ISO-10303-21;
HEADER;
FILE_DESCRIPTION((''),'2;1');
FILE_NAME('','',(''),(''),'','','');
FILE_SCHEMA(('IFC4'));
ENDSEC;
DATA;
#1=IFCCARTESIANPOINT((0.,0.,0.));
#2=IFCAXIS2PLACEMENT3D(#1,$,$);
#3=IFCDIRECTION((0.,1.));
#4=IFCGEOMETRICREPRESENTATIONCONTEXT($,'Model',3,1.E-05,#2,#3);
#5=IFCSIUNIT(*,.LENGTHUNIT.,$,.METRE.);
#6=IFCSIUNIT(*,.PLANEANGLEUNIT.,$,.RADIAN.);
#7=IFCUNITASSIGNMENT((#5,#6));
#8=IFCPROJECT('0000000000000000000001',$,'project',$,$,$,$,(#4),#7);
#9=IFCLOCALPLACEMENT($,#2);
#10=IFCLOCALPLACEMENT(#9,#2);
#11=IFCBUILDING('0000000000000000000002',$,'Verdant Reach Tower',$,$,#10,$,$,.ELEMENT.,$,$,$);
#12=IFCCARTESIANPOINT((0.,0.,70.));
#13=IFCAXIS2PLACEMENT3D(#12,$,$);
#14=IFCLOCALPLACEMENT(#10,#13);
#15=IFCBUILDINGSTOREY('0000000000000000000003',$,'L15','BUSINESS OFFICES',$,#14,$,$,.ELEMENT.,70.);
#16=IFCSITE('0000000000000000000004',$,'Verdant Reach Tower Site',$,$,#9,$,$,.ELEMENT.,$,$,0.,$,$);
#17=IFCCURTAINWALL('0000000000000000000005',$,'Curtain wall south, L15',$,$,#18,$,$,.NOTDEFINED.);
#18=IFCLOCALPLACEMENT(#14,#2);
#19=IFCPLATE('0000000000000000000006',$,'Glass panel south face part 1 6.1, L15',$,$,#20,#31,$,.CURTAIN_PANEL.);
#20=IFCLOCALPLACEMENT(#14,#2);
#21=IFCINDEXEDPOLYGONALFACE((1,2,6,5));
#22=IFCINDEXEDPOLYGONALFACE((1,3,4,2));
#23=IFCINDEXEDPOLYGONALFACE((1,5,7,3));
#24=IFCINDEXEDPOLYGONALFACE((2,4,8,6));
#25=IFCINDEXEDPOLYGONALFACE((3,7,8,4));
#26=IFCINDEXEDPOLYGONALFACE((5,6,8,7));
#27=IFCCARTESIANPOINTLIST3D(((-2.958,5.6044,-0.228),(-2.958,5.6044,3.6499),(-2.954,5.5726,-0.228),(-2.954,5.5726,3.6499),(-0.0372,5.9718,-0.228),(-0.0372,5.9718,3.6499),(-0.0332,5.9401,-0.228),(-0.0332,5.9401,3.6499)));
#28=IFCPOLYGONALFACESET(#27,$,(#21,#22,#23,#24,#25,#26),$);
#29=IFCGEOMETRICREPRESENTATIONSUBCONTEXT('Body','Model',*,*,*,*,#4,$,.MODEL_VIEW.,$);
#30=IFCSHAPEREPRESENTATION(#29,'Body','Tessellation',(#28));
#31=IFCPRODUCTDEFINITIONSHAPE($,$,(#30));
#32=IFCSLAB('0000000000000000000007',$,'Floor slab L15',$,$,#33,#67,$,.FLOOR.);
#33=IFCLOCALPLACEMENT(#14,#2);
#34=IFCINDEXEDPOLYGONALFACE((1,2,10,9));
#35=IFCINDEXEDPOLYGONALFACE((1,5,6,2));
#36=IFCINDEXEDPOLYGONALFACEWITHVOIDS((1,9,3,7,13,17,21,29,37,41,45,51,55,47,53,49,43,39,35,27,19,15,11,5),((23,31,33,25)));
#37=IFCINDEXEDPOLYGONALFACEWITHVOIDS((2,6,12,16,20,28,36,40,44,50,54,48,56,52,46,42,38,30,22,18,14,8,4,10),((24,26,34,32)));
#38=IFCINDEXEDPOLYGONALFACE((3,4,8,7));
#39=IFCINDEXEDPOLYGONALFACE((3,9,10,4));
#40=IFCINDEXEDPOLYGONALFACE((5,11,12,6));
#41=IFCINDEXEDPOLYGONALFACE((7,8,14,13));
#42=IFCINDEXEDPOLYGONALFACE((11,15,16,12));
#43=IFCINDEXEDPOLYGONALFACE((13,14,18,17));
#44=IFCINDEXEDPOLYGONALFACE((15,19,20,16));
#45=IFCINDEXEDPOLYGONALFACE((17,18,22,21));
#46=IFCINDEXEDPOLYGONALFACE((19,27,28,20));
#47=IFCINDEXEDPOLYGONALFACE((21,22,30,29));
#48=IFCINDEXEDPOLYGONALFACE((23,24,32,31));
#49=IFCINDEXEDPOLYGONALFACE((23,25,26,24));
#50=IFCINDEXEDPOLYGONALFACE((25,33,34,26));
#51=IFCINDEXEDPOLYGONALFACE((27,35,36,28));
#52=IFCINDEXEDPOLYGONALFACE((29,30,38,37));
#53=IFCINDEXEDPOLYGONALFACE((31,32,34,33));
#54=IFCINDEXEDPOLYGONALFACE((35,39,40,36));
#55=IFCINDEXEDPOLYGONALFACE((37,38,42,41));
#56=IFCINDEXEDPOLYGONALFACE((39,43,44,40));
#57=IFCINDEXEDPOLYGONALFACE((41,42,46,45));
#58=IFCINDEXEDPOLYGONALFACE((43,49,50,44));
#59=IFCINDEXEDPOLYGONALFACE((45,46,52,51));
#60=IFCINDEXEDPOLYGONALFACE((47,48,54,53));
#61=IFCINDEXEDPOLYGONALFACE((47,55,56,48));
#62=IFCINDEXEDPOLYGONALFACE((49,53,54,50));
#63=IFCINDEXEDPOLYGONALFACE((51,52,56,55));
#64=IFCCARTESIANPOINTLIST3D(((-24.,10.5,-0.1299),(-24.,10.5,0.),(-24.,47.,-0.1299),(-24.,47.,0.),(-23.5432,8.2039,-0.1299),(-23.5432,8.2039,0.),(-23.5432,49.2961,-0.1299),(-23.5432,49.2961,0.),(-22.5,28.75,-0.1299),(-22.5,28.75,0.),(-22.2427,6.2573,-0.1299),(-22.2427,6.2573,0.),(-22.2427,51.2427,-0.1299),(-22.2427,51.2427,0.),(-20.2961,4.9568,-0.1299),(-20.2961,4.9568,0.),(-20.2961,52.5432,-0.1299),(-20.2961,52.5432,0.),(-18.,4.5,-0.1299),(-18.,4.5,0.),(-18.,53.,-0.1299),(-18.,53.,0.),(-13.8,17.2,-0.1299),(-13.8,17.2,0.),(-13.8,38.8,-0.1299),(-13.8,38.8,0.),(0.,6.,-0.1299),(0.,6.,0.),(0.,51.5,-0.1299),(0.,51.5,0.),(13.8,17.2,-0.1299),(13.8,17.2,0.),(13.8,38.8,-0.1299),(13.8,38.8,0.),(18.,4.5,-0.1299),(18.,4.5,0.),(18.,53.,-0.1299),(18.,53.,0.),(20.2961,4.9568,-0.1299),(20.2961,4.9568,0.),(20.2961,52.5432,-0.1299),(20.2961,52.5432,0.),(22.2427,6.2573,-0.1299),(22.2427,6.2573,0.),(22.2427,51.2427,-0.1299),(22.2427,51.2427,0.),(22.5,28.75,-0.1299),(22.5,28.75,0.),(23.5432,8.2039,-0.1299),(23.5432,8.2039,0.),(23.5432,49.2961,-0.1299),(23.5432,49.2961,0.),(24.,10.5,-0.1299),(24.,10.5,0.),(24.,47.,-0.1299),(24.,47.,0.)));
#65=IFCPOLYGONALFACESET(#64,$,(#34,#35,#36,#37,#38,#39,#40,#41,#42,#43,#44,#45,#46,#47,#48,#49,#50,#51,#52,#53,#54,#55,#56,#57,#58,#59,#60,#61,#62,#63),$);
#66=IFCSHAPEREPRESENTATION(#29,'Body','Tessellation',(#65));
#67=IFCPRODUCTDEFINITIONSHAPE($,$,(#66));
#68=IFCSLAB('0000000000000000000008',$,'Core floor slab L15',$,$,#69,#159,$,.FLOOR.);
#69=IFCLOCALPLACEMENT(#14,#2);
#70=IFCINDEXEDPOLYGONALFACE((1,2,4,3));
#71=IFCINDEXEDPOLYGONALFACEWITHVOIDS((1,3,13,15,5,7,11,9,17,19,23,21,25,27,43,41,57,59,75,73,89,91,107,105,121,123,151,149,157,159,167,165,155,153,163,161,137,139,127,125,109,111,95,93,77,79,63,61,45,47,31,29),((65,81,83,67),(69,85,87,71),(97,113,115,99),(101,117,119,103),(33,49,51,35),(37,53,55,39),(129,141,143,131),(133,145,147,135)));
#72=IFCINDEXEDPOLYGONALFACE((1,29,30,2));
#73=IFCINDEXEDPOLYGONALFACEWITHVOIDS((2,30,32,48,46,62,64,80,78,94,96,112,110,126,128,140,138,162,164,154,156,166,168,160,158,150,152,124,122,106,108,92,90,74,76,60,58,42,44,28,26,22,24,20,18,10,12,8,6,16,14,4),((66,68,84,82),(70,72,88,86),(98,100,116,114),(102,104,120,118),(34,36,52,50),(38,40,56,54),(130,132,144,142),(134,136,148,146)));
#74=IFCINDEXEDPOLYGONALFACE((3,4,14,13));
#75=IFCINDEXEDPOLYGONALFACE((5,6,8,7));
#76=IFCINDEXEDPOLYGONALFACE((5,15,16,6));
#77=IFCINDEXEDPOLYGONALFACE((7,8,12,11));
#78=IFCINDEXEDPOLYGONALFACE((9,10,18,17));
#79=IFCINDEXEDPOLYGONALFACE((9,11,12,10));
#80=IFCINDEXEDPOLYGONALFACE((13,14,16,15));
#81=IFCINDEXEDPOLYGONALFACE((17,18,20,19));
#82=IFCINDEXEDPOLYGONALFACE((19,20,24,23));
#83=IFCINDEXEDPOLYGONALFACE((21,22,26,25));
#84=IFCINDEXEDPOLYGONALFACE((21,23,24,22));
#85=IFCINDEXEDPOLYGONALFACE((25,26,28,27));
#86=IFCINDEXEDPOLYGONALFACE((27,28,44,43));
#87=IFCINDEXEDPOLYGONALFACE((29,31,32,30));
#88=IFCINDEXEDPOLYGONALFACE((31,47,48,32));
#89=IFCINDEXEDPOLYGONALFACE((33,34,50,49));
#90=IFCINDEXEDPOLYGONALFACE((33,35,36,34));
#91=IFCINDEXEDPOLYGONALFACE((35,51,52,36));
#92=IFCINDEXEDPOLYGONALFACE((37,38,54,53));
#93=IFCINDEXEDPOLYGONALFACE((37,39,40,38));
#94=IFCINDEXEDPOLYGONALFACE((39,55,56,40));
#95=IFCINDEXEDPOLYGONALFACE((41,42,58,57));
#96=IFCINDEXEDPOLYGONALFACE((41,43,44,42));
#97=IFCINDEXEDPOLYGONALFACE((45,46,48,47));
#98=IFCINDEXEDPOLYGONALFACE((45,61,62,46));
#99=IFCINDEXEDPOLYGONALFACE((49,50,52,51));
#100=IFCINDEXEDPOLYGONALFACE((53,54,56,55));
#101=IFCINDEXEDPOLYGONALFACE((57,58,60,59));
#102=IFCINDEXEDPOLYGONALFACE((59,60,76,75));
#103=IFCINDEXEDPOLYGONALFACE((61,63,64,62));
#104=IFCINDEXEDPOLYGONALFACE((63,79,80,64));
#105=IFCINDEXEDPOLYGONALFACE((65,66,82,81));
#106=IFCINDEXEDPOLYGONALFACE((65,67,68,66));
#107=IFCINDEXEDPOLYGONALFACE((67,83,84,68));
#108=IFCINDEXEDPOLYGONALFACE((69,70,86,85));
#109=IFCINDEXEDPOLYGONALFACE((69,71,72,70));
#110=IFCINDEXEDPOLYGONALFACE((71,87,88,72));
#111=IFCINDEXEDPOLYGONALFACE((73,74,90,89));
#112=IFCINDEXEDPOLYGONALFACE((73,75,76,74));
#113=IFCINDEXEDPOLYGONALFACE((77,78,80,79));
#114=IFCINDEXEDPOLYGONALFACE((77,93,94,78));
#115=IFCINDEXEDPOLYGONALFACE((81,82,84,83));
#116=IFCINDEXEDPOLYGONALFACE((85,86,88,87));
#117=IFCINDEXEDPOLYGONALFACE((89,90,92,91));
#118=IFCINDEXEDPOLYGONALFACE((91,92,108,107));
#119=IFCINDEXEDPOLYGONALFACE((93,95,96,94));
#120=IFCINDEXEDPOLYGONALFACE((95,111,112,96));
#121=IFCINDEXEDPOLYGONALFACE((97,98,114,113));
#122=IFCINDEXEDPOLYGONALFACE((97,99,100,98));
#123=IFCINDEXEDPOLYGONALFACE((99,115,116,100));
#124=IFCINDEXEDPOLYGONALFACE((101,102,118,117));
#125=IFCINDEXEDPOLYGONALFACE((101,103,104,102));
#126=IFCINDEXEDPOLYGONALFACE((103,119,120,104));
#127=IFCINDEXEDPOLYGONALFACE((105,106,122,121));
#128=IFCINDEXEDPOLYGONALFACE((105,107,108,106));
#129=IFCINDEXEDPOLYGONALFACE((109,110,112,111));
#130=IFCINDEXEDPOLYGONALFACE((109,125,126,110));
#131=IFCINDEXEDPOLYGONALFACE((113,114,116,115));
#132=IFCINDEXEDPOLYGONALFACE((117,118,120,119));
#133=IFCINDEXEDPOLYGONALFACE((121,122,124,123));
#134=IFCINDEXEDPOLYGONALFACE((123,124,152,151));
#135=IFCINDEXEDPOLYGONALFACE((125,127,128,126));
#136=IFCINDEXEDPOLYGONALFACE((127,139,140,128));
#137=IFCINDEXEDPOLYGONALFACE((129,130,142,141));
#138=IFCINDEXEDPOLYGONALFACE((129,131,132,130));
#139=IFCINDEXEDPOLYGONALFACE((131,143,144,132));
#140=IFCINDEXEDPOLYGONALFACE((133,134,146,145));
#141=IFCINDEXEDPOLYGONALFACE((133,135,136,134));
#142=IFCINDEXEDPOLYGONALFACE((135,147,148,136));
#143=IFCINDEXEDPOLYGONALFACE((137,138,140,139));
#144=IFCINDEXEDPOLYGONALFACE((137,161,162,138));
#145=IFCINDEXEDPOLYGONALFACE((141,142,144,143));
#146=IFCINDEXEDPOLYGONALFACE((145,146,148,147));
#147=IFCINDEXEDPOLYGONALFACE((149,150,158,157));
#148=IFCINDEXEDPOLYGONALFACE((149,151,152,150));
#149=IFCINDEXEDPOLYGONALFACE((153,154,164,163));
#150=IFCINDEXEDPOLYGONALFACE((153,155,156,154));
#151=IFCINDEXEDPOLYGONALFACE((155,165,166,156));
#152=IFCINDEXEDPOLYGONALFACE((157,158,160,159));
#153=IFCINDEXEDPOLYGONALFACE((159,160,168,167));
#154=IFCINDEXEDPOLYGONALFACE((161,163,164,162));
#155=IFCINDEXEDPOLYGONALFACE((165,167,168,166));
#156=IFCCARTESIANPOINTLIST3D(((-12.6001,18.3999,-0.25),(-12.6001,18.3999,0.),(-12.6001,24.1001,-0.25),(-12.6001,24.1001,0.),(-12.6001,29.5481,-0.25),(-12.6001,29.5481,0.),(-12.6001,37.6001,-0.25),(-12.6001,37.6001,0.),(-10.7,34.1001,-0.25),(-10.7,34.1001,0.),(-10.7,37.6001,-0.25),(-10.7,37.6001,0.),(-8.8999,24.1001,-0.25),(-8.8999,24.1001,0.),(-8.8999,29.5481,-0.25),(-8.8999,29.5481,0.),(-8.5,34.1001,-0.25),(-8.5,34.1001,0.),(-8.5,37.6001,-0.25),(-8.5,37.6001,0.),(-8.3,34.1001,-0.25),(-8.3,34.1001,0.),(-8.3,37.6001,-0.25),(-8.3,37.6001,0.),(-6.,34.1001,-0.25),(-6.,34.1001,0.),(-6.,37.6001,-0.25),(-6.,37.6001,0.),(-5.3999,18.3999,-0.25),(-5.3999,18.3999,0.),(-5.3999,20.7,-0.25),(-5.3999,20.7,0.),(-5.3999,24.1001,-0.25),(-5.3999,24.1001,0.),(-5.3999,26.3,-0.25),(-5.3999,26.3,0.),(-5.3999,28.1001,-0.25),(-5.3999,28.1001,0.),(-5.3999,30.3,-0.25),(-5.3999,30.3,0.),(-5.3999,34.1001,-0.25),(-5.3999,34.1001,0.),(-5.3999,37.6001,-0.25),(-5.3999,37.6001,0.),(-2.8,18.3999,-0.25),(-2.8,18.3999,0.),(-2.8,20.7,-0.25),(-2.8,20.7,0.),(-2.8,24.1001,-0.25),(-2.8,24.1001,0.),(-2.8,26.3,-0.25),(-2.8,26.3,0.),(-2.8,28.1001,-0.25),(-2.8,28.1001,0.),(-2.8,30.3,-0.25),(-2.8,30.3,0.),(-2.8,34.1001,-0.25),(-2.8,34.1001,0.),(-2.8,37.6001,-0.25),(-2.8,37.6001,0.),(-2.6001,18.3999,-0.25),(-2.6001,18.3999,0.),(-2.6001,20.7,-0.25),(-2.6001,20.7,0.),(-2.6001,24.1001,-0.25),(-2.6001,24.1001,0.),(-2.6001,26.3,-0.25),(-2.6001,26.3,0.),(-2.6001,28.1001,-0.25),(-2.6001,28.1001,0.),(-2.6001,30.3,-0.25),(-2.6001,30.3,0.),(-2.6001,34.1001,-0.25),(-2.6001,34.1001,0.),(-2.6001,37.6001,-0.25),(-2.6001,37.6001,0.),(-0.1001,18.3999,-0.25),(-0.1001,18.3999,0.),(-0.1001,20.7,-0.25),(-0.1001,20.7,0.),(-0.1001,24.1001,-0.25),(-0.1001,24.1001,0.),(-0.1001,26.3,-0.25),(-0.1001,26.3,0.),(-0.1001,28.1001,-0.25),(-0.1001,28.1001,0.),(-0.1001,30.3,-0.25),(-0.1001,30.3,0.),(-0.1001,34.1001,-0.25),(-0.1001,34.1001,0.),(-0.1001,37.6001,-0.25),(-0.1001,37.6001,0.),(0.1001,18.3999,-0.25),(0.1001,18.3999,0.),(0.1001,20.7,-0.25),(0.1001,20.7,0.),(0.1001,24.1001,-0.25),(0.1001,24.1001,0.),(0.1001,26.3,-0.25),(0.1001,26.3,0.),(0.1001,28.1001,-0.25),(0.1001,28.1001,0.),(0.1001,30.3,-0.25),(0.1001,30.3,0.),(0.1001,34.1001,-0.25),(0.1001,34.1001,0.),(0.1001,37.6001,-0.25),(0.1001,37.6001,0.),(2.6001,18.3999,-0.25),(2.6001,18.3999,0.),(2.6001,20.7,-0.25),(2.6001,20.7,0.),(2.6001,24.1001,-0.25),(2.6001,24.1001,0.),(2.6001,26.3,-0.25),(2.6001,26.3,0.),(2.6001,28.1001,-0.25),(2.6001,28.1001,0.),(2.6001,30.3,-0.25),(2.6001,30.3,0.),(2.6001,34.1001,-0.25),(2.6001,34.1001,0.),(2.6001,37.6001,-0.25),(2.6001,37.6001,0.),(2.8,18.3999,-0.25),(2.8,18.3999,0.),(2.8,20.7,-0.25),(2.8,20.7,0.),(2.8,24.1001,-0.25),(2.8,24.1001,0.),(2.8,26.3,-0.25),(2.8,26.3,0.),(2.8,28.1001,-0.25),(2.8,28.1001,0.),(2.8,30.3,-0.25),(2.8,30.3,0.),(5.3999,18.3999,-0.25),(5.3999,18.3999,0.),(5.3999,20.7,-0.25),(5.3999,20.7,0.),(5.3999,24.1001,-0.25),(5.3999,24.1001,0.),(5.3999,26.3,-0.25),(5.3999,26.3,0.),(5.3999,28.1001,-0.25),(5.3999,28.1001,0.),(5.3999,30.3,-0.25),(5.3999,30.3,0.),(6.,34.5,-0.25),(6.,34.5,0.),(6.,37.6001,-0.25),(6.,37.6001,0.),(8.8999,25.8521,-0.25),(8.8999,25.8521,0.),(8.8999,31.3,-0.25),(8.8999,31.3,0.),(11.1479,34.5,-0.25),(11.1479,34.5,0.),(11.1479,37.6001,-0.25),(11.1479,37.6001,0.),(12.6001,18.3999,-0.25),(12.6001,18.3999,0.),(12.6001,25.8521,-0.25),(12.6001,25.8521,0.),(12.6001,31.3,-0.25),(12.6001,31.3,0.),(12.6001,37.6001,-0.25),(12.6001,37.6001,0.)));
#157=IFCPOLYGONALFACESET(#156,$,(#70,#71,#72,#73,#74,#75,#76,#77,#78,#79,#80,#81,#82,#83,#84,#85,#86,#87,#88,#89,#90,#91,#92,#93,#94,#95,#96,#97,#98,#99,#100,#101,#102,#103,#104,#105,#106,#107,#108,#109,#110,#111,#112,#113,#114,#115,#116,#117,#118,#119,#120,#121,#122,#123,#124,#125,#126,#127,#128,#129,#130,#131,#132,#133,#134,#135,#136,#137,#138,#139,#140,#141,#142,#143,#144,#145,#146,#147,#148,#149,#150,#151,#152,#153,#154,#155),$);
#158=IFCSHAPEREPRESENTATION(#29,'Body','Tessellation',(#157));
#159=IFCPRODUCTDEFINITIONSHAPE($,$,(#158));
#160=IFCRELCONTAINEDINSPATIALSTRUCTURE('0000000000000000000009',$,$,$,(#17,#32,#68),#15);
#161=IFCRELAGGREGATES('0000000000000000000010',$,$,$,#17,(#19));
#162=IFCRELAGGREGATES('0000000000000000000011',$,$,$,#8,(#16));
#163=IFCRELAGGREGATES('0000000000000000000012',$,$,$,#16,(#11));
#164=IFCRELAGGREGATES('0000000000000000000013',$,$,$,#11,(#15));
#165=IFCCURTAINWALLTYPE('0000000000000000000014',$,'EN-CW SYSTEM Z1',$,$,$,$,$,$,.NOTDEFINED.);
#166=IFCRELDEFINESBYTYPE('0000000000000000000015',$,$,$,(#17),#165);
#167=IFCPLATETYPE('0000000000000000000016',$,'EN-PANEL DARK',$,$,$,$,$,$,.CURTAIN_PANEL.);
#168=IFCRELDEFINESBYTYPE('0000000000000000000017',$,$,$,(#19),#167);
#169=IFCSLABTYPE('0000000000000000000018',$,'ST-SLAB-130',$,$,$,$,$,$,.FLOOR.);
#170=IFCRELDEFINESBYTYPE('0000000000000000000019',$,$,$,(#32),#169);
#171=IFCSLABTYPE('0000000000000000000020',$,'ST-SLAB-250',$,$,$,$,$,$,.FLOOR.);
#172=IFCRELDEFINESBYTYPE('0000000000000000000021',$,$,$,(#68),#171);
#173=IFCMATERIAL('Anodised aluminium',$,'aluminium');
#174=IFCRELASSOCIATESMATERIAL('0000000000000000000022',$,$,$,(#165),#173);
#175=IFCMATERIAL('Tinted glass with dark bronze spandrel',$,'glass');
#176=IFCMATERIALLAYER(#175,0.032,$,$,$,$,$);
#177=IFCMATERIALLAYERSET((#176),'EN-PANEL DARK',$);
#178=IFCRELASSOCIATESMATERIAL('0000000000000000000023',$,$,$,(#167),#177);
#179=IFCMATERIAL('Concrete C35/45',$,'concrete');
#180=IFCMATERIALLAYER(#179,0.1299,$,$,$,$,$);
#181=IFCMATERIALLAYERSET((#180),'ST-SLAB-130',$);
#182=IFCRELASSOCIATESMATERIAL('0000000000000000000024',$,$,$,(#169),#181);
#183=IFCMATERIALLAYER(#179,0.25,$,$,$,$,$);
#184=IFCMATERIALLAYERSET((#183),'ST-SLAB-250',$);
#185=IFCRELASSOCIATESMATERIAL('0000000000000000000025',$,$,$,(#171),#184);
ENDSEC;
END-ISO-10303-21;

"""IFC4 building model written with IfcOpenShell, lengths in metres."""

from ifc_helpers import new_model, si_unit, direction, frame, origin, origin_2d, place, context, subcontext, project, spatial, polyline, rectangle, outline, extrude, material, layer, layer_set, type_object, element, aggregate, save


model = new_model("IFC4")

# Units and contexts
model_context = context("Model", 3, precision=1e-05, world=origin(), true_north=direction((0.0, 1.0)))
body_context = subcontext(model_context, "Body", "Model", "MODEL_VIEW")
ifc_project = project(units=[si_unit("LENGTHUNIT", "METRE"), si_unit("PLANEANGLEUNIT", "RADIAN")], contexts=[model_context])

# Site, building, storey
site_placement = place(None, origin())
site = spatial("IfcSite", under=ifc_project, at=site_placement, Name="Verdant Reach Tower Site", CompositionType="ELEMENT", RefElevation=0.0)
building_placement = place(site_placement, origin())
building = spatial("IfcBuilding", under=site, at=building_placement, Name="Verdant Reach Tower", CompositionType="ELEMENT")
storey_placement = place(building_placement, frame((0.0, 0.0, 70.0)))
storey = spatial("IfcBuildingStorey", under=building, at=storey_placement, Name="L15", Description="BUSINESS OFFICES", CompositionType="ELEMENT", Elevation=70.0)

# Curtain wall
ifc_material_1 = material(Name="Anodised aluminium", Category="aluminium")
curtain_wall_type = type_object("IfcCurtainWallType", Name="EN-CW SYSTEM Z1", PredefinedType="NOTDEFINED", material=ifc_material_1)
curtain_wall_placement = place(storey_placement, origin())
curtain_wall = element("IfcCurtainWall", 1, at=curtain_wall_placement, inside=storey, type_object=curtain_wall_type, Name="Curtain wall south, L15", PredefinedType="NOTDEFINED")

# Plate
ifc_material_2 = material(Name="Tinted glass with dark bronze spandrel", Category="glass")
ifc_layer_1 = layer(ifc_material_2, 0.032)
ifc_layer_set_1 = layer_set([ifc_layer_1], Name="EN-PANEL DARK")
plate_type_1 = type_object("IfcPlateType", Name="EN-PANEL DARK", PredefinedType="CURTAIN_PANEL", material=ifc_layer_set_1)
plate_1_placement = place(storey_placement, frame((-1.4956, 5.7722, -0.228), z_axis=(0.0, 0.0, 1.0), x_axis=(0.992179, 0.124821, 0.0)))
plate_1 = element("IfcPlate", 2, at=plate_1_placement, type_object=plate_type_1, Name="Glass panel south face part 1 6.1, L15", PredefinedType="CURTAIN_PANEL", context=body_context, shape_type="SweptSolid", body=[
    extrude(rectangle(XDim=2.9438, YDim=0.032, at=origin_2d()), origin(), (0.0, 0.0, 1.0), 3.8779),
])
aggregate(curtain_wall, [plate_1])

# Slabs
ifc_material_3 = material(Name="Concrete C35/45", Category="concrete")
ifc_layer_2 = layer(ifc_material_3, 0.1299)
ifc_layer_set_2 = layer_set([ifc_layer_2], Name="ST-SLAB-130")
slab_type_1 = type_object("IfcSlabType", Name="ST-SLAB-130", PredefinedType="FLOOR", material=ifc_layer_set_2)
slab_1_placement = place(storey_placement, frame((0.0, 0.0, -0.1299)))
element("IfcSlab", 3, at=slab_1_placement, inside=storey, type_object=slab_type_1, Name="Floor slab L15", PredefinedType="FLOOR", context=body_context, shape_type="SweptSolid", body=[
    extrude(outline(polyline([(0.0, 6.0), (-18.0, 4.5), (-20.2961, 4.9568), (-22.2427, 6.2573), (-23.5432, 8.2039), (-24.0, 10.5), (-22.5, 28.75), (-24.0, 47.0), (-23.5432, 49.2961), (-22.2427, 51.2427), (-20.2961, 52.5432), (-18.0, 53.0), (0.0, 51.5), (18.0, 53.0), (20.2961, 52.5432), (22.2427, 51.2427), (23.5432, 49.2961), (24.0, 47.0), (22.5, 28.75), (24.0, 10.5), (23.5432, 8.2039), (22.2427, 6.2573), (20.2961, 4.9568), (18.0, 4.5), (0.0, 6.0)]), holes=[polyline([(13.8, 38.8), (-13.8, 38.8), (-13.8, 17.2), (13.8, 17.2), (13.8, 38.8)])]), origin(), (0.0, 0.0, 1.0), 0.1299),
])
ifc_layer_3 = layer(ifc_material_3, 0.25)
ifc_layer_set_3 = layer_set([ifc_layer_3], Name="ST-SLAB-250")
slab_type_2 = type_object("IfcSlabType", Name="ST-SLAB-250", PredefinedType="FLOOR", material=ifc_layer_set_3)
slab_2_placement = place(storey_placement, frame((0.0, 0.0, -0.25)))
element("IfcSlab", 4, at=slab_2_placement, inside=storey, type_object=slab_type_2, Name="Core floor slab L15", PredefinedType="FLOOR", context=body_context, shape_type="SweptSolid", body=[
    extrude(outline(polyline([(12.6001, 18.3999), (5.3999, 18.3999), (5.3999, 20.7), (2.8, 20.7), (2.8, 18.3999), (2.6001, 18.3999), (2.6001, 20.7), (0.1001, 20.7), (0.1001, 18.3999), (-0.1001, 18.3999), (-0.1001, 20.7), (-2.6001, 20.7), (-2.6001, 18.3999), (-2.8, 18.3999), (-2.8, 20.7), (-5.3999, 20.7), (-5.3999, 18.3999), (-12.6001, 18.3999), (-12.6001, 24.1001), (-8.8999, 24.1001), (-8.8999, 29.5481), (-12.6001, 29.5481), (-12.6001, 37.6001), (-10.7, 37.6001), (-10.7, 34.1001), (-8.5, 34.1001), (-8.5, 37.6001), (-8.3, 37.6001), (-8.3, 34.1001), (-6.0, 34.1001), (-6.0, 37.6001), (-5.3999, 37.6001), (-5.3999, 34.1001), (-2.8, 34.1001), (-2.8, 37.6001), (-2.6001, 37.6001), (-2.6001, 34.1001), (-0.1001, 34.1001), (-0.1001, 37.6001), (0.1001, 37.6001), (0.1001, 34.1001), (2.6001, 34.1001), (2.6001, 37.6001), (6.0, 37.6001), (6.0, 34.5), (11.1479, 34.5), (11.1479, 37.6001), (12.6001, 37.6001), (12.6001, 31.3), (8.8999, 31.3), (8.8999, 25.8521), (12.6001, 25.8521), (12.6001, 18.3999)]), holes=[polyline([(-2.8, 24.1001), (-2.8, 26.3), (-5.3999, 26.3), (-5.3999, 24.1001), (-2.8, 24.1001)]), polyline([(-2.6001, 24.1001), (-0.1001, 24.1001), (-0.1001, 26.3), (-2.6001, 26.3), (-2.6001, 24.1001)]), polyline([(-2.8, 28.1001), (-2.8, 30.3), (-5.3999, 30.3), (-5.3999, 28.1001), (-2.8, 28.1001)]), polyline([(-0.1001, 28.1001), (-0.1001, 30.3), (-2.6001, 30.3), (-2.6001, 28.1001), (-0.1001, 28.1001)]), polyline([(2.6001, 24.1001), (2.6001, 26.3), (0.1001, 26.3), (0.1001, 24.1001), (2.6001, 24.1001)]), polyline([(2.8, 24.1001), (5.3999, 24.1001), (5.3999, 26.3), (2.8, 26.3), (2.8, 24.1001)]), polyline([(2.6001, 28.1001), (2.6001, 30.3), (0.1001, 30.3), (0.1001, 28.1001), (2.6001, 28.1001)]), polyline([(5.3999, 28.1001), (5.3999, 30.3), (2.8, 30.3), (2.8, 28.1001), (5.3999, 28.1001)])]), origin(), (0.0, 0.0, 1.0), 0.25),
])

save(model, "model.ifc")
